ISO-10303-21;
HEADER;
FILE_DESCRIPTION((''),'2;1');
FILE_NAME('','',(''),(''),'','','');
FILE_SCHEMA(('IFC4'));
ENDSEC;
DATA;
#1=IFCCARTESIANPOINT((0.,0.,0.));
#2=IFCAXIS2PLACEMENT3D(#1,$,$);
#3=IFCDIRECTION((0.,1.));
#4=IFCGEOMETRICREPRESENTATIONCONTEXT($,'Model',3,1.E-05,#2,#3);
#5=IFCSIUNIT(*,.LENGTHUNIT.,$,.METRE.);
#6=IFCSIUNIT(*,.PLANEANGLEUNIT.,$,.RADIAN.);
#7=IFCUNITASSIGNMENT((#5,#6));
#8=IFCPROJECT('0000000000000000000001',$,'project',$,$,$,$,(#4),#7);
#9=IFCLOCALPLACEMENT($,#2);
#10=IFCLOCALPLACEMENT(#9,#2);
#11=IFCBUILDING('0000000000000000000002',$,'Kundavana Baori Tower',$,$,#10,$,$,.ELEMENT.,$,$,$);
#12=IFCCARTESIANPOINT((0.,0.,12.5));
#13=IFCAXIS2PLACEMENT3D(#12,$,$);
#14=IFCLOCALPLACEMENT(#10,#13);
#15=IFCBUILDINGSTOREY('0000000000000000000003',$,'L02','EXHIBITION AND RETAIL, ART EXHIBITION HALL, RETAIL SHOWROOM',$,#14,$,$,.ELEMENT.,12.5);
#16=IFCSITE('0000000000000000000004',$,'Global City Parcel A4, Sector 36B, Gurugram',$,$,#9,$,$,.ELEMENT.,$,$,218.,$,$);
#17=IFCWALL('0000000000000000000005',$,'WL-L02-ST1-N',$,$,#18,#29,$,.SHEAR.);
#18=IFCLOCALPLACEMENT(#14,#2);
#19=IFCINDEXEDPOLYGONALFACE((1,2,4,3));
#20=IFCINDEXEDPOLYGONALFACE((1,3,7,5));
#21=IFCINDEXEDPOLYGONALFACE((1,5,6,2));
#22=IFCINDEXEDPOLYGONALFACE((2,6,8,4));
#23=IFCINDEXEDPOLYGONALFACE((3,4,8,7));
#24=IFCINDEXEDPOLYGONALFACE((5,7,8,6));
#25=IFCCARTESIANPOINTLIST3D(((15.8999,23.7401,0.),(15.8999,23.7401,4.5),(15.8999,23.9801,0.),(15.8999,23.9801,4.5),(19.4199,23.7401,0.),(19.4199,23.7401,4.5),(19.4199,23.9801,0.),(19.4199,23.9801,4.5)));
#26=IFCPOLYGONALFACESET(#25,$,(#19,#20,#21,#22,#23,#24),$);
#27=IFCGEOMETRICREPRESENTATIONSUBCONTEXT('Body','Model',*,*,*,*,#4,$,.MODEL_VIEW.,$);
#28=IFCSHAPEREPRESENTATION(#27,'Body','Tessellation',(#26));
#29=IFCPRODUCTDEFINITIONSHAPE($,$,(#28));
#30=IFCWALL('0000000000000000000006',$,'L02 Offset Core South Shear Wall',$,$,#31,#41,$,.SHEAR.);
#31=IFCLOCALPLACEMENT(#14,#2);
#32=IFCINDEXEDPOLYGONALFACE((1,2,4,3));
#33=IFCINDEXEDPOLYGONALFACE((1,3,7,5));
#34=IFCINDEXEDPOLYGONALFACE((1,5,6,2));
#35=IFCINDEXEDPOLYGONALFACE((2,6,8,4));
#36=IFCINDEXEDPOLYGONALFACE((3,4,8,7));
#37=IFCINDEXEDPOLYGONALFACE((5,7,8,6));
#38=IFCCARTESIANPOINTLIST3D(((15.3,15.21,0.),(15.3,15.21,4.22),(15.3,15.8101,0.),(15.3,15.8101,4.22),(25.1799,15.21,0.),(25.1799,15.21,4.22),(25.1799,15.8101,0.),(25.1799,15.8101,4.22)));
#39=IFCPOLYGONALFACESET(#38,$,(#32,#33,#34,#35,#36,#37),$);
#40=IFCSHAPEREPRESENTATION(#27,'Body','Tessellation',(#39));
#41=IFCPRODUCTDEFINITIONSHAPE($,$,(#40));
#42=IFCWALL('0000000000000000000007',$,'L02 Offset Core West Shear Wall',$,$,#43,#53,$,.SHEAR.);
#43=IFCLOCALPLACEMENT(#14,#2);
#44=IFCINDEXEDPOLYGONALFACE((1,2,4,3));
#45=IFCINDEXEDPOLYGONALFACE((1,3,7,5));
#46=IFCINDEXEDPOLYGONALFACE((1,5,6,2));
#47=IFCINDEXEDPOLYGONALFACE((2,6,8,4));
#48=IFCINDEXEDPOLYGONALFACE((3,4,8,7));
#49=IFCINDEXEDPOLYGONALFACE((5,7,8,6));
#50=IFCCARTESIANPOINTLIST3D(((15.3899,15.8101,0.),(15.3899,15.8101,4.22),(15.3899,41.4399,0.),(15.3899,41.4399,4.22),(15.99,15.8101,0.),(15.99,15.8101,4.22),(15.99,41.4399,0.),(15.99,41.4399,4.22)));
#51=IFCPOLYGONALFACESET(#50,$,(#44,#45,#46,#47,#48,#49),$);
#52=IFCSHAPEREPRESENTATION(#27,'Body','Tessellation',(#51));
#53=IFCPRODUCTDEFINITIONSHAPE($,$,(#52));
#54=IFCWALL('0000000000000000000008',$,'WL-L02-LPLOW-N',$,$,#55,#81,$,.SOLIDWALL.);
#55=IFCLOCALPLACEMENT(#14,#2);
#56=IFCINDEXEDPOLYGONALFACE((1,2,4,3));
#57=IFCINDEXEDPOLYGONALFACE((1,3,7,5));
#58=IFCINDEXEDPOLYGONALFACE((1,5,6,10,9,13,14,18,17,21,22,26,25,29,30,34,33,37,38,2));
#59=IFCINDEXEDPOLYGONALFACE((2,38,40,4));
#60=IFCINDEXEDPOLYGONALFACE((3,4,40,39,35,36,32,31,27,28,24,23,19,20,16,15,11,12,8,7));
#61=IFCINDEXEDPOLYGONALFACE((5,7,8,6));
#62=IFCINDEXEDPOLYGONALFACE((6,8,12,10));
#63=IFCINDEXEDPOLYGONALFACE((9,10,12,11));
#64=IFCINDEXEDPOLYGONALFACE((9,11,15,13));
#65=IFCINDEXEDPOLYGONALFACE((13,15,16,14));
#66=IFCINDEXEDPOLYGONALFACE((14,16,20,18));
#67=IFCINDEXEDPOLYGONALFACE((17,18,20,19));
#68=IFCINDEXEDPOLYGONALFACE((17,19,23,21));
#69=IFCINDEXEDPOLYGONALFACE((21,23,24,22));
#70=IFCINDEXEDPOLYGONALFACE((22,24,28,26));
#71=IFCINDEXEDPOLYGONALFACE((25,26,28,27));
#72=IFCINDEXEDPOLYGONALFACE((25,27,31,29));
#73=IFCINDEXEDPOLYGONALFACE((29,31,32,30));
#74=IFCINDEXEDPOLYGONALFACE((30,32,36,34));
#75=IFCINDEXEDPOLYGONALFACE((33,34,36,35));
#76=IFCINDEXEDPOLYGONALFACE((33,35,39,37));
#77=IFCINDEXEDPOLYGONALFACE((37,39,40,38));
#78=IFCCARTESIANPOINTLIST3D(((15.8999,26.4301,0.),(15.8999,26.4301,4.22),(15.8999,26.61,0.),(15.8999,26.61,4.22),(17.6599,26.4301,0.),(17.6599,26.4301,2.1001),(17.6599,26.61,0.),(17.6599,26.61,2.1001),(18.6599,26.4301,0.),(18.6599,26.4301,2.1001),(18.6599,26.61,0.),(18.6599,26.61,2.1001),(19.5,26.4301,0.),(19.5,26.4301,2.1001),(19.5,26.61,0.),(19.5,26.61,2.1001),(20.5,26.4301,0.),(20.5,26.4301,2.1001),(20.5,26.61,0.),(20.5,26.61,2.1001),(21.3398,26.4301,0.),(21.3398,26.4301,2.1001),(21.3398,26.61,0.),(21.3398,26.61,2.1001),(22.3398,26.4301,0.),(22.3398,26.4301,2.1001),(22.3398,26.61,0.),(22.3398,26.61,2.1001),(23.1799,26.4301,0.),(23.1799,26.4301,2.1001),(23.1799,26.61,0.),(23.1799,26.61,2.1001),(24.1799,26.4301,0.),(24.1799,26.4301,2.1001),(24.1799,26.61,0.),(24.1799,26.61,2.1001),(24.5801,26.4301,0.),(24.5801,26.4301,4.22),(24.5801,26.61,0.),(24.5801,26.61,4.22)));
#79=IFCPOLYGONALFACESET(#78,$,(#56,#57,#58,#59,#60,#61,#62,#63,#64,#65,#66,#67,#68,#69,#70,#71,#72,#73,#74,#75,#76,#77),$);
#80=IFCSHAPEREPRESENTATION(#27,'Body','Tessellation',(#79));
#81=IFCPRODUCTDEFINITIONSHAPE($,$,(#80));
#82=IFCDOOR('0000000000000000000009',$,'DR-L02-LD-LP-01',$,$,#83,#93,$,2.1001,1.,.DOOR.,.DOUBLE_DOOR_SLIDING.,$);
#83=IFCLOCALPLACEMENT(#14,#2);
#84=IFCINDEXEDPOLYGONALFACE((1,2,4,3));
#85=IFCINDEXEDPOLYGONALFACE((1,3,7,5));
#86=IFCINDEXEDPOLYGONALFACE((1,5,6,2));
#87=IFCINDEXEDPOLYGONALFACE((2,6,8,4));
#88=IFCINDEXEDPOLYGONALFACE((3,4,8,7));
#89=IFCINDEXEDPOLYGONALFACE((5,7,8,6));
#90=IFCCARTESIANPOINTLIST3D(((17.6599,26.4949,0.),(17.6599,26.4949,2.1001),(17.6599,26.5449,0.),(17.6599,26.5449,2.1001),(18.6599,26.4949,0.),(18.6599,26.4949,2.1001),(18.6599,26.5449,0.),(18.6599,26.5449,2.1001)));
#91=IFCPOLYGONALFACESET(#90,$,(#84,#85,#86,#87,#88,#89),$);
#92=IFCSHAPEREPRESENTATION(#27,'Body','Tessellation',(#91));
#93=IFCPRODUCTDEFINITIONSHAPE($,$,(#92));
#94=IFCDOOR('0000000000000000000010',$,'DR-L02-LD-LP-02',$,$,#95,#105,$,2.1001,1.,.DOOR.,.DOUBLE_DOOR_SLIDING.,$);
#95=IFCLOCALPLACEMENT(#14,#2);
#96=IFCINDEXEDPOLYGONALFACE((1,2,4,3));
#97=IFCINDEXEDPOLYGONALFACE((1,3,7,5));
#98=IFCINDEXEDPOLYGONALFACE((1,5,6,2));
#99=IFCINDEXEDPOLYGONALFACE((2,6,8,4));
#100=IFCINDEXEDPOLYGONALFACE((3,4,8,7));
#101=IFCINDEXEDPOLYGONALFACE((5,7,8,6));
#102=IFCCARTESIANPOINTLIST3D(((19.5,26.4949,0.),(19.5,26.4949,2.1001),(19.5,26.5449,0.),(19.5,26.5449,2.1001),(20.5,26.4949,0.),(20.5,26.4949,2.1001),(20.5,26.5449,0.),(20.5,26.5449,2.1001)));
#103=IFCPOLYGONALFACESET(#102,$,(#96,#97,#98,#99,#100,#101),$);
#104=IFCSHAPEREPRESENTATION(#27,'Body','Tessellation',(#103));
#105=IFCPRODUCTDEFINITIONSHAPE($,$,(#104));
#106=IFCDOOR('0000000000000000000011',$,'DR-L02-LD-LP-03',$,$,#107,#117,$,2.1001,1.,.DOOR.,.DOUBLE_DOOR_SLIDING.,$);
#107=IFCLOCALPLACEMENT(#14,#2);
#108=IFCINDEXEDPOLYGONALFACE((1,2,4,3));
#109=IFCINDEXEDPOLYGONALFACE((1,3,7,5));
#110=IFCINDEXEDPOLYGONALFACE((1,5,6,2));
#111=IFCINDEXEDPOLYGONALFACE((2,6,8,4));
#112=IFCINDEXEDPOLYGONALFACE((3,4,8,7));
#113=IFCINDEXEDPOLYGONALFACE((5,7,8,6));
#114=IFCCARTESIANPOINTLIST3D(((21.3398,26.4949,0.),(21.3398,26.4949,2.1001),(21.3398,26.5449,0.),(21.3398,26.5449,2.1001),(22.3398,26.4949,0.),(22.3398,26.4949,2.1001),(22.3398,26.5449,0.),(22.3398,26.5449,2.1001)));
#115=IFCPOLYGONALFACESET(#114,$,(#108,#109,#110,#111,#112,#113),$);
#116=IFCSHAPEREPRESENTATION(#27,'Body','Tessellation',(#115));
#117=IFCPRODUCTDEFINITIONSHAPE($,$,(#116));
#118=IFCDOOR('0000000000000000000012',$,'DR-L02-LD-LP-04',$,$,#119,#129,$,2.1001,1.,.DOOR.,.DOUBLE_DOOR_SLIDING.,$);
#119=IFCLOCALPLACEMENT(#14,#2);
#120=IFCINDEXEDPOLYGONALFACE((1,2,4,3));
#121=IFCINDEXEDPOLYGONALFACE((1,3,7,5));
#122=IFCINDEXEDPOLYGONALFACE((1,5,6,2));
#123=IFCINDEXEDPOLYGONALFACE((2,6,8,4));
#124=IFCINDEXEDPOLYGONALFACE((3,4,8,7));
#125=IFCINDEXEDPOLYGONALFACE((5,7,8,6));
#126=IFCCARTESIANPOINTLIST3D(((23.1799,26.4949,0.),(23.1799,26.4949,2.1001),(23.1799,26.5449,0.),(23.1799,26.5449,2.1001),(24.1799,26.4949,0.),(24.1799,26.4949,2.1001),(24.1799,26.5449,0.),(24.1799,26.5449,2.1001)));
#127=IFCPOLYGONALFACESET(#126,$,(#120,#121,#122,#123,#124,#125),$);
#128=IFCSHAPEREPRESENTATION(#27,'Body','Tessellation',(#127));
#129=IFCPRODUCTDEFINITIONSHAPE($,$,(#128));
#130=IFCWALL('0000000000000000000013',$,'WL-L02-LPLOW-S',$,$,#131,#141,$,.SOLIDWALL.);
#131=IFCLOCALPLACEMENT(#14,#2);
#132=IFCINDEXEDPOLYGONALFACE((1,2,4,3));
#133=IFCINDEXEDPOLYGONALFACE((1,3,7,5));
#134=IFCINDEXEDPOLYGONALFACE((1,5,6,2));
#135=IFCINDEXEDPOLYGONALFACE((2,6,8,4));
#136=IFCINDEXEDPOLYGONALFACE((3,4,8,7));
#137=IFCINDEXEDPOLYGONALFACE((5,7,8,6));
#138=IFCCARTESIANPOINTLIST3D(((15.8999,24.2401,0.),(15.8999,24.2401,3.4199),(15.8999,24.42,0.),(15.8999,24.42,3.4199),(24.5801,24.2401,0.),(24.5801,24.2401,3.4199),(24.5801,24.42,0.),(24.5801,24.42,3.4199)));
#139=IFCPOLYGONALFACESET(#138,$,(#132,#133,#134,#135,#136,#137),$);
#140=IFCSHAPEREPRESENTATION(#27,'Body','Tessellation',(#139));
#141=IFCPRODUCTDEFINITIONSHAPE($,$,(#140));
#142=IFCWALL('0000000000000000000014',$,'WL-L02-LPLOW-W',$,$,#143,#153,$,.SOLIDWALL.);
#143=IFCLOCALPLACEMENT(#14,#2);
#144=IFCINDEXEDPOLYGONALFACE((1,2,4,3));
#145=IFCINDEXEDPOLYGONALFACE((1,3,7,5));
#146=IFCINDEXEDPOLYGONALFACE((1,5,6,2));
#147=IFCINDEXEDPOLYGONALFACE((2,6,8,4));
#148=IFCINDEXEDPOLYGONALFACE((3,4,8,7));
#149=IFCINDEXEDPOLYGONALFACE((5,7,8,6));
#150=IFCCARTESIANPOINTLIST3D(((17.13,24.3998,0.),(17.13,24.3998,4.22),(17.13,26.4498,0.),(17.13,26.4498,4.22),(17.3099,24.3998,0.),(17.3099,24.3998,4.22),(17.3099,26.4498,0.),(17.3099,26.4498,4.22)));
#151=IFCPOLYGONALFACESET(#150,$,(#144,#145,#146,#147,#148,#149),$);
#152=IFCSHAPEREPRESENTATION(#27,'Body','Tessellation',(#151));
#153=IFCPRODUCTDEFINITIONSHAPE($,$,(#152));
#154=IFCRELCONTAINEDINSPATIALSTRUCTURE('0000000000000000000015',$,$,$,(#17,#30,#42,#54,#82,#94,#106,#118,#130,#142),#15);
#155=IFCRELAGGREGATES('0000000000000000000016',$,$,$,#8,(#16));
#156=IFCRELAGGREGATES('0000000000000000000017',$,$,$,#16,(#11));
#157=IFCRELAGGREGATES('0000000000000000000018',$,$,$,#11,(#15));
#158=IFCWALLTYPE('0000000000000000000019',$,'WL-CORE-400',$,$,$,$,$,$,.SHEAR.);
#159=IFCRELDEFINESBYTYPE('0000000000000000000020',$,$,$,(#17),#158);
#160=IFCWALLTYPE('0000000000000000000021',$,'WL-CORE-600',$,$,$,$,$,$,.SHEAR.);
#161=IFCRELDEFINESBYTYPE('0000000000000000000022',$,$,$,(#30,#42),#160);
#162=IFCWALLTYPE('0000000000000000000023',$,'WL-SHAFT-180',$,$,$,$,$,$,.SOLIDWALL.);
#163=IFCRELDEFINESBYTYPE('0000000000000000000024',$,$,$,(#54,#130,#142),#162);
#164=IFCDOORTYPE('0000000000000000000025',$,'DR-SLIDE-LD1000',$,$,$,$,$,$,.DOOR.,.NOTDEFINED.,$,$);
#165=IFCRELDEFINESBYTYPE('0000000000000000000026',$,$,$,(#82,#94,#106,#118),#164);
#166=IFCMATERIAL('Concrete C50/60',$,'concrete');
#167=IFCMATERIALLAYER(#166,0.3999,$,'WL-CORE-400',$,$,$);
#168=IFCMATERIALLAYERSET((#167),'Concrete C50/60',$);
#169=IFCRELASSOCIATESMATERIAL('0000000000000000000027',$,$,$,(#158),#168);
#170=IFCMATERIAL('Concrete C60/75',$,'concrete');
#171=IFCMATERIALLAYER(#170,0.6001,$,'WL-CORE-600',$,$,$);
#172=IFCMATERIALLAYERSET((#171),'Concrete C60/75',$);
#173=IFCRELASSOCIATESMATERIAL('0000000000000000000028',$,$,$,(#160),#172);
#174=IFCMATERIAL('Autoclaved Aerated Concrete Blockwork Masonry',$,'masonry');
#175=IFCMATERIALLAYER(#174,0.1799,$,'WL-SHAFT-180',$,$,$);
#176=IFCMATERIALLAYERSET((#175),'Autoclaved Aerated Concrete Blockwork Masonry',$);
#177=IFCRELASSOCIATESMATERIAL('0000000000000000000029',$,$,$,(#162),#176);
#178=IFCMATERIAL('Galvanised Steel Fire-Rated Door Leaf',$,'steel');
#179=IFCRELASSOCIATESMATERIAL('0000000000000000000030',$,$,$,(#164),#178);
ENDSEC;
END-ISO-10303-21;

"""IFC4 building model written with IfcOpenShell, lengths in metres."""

from ifc_helpers import new_model, si_unit, direction, frame, frame_2d, origin, place, context, subcontext, project, spatial, rectangle, extrude, material, layer, layer_set, type_object, element, fill, save


model = new_model("IFC4")

# Units and contexts
model_context = context("Model", 3, precision=1e-05, world=origin(), true_north=direction((0.0, 1.0)))
body_context = subcontext(model_context, "Body", "Model", "MODEL_VIEW")
ifc_project = project(units=[si_unit("LENGTHUNIT", "METRE"), si_unit("PLANEANGLEUNIT", "RADIAN")], contexts=[model_context])

# Site, building, storey
site_placement = place(None, origin())
site = spatial("IfcSite", under=ifc_project, at=site_placement, Name="Global City Parcel A4, Sector 36B, Gurugram", CompositionType="ELEMENT", RefElevation=218.0)
building_placement = place(site_placement, origin())
building = spatial("IfcBuilding", under=site, at=building_placement, Name="Kundavana Baori Tower", CompositionType="ELEMENT")
storey_placement = place(building_placement, frame((0.0, 0.0, 12.5)))
storey = spatial("IfcBuildingStorey", under=building, at=storey_placement, Name="L02", Description="EXHIBITION AND RETAIL, ART EXHIBITION HALL, RETAIL SHOWROOM", CompositionType="ELEMENT", Elevation=12.5)

# Walls
ifc_material_1 = material(Name="Concrete C50/60", Category="concrete")
ifc_layer_1 = layer(ifc_material_1, 0.3999, Name="WL-CORE-400")
ifc_layer_set_1 = layer_set([ifc_layer_1], Name="Concrete C50/60")
wall_type_1 = type_object("IfcWallType", Name="WL-CORE-400", PredefinedType="SHEAR", material=ifc_layer_set_1)
wall_1_placement = place(storey_placement, frame((15.8999, 23.8601, 0.0), z_axis=(0.0, 0.0, 1.0), x_axis=(1.0, 0.0, 0.0)))
element("IfcWall", 1, at=wall_1_placement, inside=storey, type_object=wall_type_1, Name="WL-L02-ST1-N", PredefinedType="SHEAR", context=body_context, shape_type="SweptSolid", body=[
    extrude(rectangle(XDim=3.52, YDim=0.24, at=frame_2d((1.76, 0.0))), origin(), (0.0, 0.0, 1.0), 4.5),
])
ifc_material_2 = material(Name="Concrete C60/75", Category="concrete")
ifc_layer_2 = layer(ifc_material_2, 0.6001, Name="WL-CORE-600")
ifc_layer_set_2 = layer_set([ifc_layer_2], Name="Concrete C60/75")
wall_type_2 = type_object("IfcWallType", Name="WL-CORE-600", PredefinedType="SHEAR", material=ifc_layer_set_2)
wall_2_placement = place(storey_placement, frame((15.3, 15.51, 0.0), z_axis=(0.0, 0.0, 1.0), x_axis=(1.0, 0.0, 0.0)))
element("IfcWall", 2, at=wall_2_placement, inside=storey, type_object=wall_type_2, Name="L02 Offset Core South Shear Wall", PredefinedType="SHEAR", context=body_context, shape_type="SweptSolid", body=[
    extrude(rectangle(XDim=9.8799, YDim=0.6001, at=frame_2d((4.9399, 0.0))), origin(), (0.0, 0.0, 1.0), 4.22),
])
wall_3_placement = place(storey_placement, frame((15.6899, 15.8101, 0.0), z_axis=(0.0, 0.0, 1.0), x_axis=(0.0, 1.0, 0.0)))
element("IfcWall", 3, at=wall_3_placement, inside=storey, type_object=wall_type_2, Name="L02 Offset Core West Shear Wall", PredefinedType="SHEAR", context=body_context, shape_type="SweptSolid", body=[
    extrude(rectangle(XDim=25.6299, YDim=0.6001, at=frame_2d((12.8149, 0.0))), origin(), (0.0, 0.0, 1.0), 4.22),
])

# Wall, openings, doors
ifc_material_3 = material(Name="Autoclaved Aerated Concrete Blockwork Masonry", Category="masonry")
ifc_layer_3 = layer(ifc_material_3, 0.1799, Name="WL-SHAFT-180")
ifc_layer_set_3 = layer_set([ifc_layer_3], Name="Autoclaved Aerated Concrete Blockwork Masonry")
wall_type_3 = type_object("IfcWallType", Name="WL-SHAFT-180", PredefinedType="SOLIDWALL", material=ifc_layer_set_3)
wall_4_placement = place(storey_placement, frame((15.8999, 26.52, 0.0), z_axis=(0.0, 0.0, 1.0), x_axis=(1.0, 0.0, 0.0)))
wall_4 = element("IfcWall", 4, at=wall_4_placement, inside=storey, type_object=wall_type_3, Name="WL-L02-LPLOW-N", PredefinedType="SOLIDWALL", context=body_context, shape_type="SweptSolid", body=[
    extrude(rectangle(XDim=8.6802, YDim=0.1799, at=frame_2d((4.3401, 0.0))), origin(), (0.0, 0.0, 1.0), 4.22),
])
opening_1_placement = place(wall_4_placement, frame((1.76, 0.0, 0.0)))
opening_1 = element("IfcOpeningElement", 5, at=opening_1_placement, cuts=wall_4, PredefinedType="OPENING", context=body_context, shape_type="SweptSolid", body=[
    extrude(rectangle(XDim=1.0, YDim=2.1001, at=frame_2d((0.5, 1.05))), frame((0.0, 0.1001, 0.0), z_axis=(0.0, -1.0, 0.0), x_axis=(1.0, 0.0, 0.0)), (0.0, 0.0, 1.0), 0.2),
])
opening_2_placement = place(wall_4_placement, frame((3.6001, 0.0, 0.0)))
opening_2 = element("IfcOpeningElement", 6, at=opening_2_placement, cuts=wall_4, PredefinedType="OPENING", context=body_context, shape_type="SweptSolid", body=[
    extrude(rectangle(XDim=1.0, YDim=2.1001, at=frame_2d((0.5, 1.05))), frame((0.0, 0.1001, 0.0), z_axis=(0.0, -1.0, 0.0), x_axis=(1.0, 0.0, 0.0)), (0.0, 0.0, 1.0), 0.2),
])
opening_3_placement = place(wall_4_placement, frame((5.4399, 0.0, 0.0)))
opening_3 = element("IfcOpeningElement", 7, at=opening_3_placement, cuts=wall_4, PredefinedType="OPENING", context=body_context, shape_type="SweptSolid", body=[
    extrude(rectangle(XDim=1.0, YDim=2.1001, at=frame_2d((0.5, 1.05))), frame((0.0, 0.1001, 0.0), z_axis=(0.0, -1.0, 0.0), x_axis=(1.0, 0.0, 0.0)), (0.0, 0.0, 1.0), 0.2),
])
opening_4_placement = place(wall_4_placement, frame((7.28, 0.0, 0.0)))
opening_4 = element("IfcOpeningElement", 8, at=opening_4_placement, cuts=wall_4, PredefinedType="OPENING", context=body_context, shape_type="SweptSolid", body=[
    extrude(rectangle(XDim=1.0, YDim=2.1001, at=frame_2d((0.5, 1.05))), frame((0.0, 0.1001, 0.0), z_axis=(0.0, -1.0, 0.0), x_axis=(1.0, 0.0, 0.0)), (0.0, 0.0, 1.0), 0.2),
])
ifc_material_4 = material(Name="Galvanised Steel Fire-Rated Door Leaf", Category="steel")
door_type_1 = type_object("IfcDoorType", Name="DR-SLIDE-LD1000", OperationType="NOTDEFINED", PredefinedType="DOOR", material=ifc_material_4)
door_1_placement = place(opening_1_placement, origin())
door_1 = element("IfcDoor", 9, at=door_1_placement, inside=storey, type_object=door_type_1, Name="DR-L02-LD-LP-01", OperationType="DOUBLE_DOOR_SLIDING", OverallHeight=2.1001, OverallWidth=1.0, PredefinedType="DOOR", context=body_context, shape_type="SweptSolid", body=[
    extrude(rectangle(XDim=1.0, YDim=2.1001, at=frame_2d((0.5, 1.05))), frame((0.0, 0.0249, 0.0), z_axis=(0.0, -1.0, 0.0), x_axis=(1.0, 0.0, 0.0)), (0.0, 0.0, 1.0), 0.05),
])
fill(opening_1, door_1)
door_2_placement = place(opening_2_placement, origin())
door_2 = element("IfcDoor", 10, at=door_2_placement, inside=storey, type_object=door_type_1, Name="DR-L02-LD-LP-02", OperationType="DOUBLE_DOOR_SLIDING", OverallHeight=2.1001, OverallWidth=1.0, PredefinedType="DOOR", context=body_context, shape_type="SweptSolid", body=[
    extrude(rectangle(XDim=1.0, YDim=2.1001, at=frame_2d((0.5, 1.05))), frame((0.0, 0.0249, 0.0), z_axis=(0.0, -1.0, 0.0), x_axis=(1.0, 0.0, 0.0)), (0.0, 0.0, 1.0), 0.05),
])
fill(opening_2, door_2)
door_3_placement = place(opening_3_placement, origin())
door_3 = element("IfcDoor", 11, at=door_3_placement, inside=storey, type_object=door_type_1, Name="DR-L02-LD-LP-03", OperationType="DOUBLE_DOOR_SLIDING", OverallHeight=2.1001, OverallWidth=1.0, PredefinedType="DOOR", context=body_context, shape_type="SweptSolid", body=[
    extrude(rectangle(XDim=1.0, YDim=2.1001, at=frame_2d((0.5, 1.05))), frame((0.0, 0.0249, 0.0), z_axis=(0.0, -1.0, 0.0), x_axis=(1.0, 0.0, 0.0)), (0.0, 0.0, 1.0), 0.05),
])
fill(opening_3, door_3)
door_4_placement = place(opening_4_placement, origin())
door_4 = element("IfcDoor", 12, at=door_4_placement, inside=storey, type_object=door_type_1, Name="DR-L02-LD-LP-04", OperationType="DOUBLE_DOOR_SLIDING", OverallHeight=2.1001, OverallWidth=1.0, PredefinedType="DOOR", context=body_context, shape_type="SweptSolid", body=[
    extrude(rectangle(XDim=1.0, YDim=2.1001, at=frame_2d((0.5, 1.05))), frame((0.0, 0.0249, 0.0), z_axis=(0.0, -1.0, 0.0), x_axis=(1.0, 0.0, 0.0)), (0.0, 0.0, 1.0), 0.05),
])
fill(opening_4, door_4)

# Walls
wall_5_placement = place(storey_placement, frame((15.8999, 24.3301, 0.0), z_axis=(0.0, 0.0, 1.0), x_axis=(1.0, 0.0, 0.0)))
element("IfcWall", 13, at=wall_5_placement, inside=storey, type_object=wall_type_3, Name="WL-L02-LPLOW-S", PredefinedType="SOLIDWALL", context=body_context, shape_type="SweptSolid", body=[
    extrude(rectangle(XDim=8.6802, YDim=0.1799, at=frame_2d((4.3401, 0.0))), origin(), (0.0, 0.0, 1.0), 3.4199),
])
wall_6_placement = place(storey_placement, frame((17.22, 24.3999, 0.0), z_axis=(0.0, 0.0, 1.0), x_axis=(0.0, 1.0, 0.0)))
element("IfcWall", 14, at=wall_6_placement, inside=storey, type_object=wall_type_3, Name="WL-L02-LPLOW-W", PredefinedType="SOLIDWALL", context=body_context, shape_type="SweptSolid", body=[
    extrude(rectangle(XDim=2.05, YDim=0.1799, at=frame_2d((1.0249, 0.0))), origin(), (0.0, 0.0, 1.0), 4.22),
])

save(model, "model.ifc")
